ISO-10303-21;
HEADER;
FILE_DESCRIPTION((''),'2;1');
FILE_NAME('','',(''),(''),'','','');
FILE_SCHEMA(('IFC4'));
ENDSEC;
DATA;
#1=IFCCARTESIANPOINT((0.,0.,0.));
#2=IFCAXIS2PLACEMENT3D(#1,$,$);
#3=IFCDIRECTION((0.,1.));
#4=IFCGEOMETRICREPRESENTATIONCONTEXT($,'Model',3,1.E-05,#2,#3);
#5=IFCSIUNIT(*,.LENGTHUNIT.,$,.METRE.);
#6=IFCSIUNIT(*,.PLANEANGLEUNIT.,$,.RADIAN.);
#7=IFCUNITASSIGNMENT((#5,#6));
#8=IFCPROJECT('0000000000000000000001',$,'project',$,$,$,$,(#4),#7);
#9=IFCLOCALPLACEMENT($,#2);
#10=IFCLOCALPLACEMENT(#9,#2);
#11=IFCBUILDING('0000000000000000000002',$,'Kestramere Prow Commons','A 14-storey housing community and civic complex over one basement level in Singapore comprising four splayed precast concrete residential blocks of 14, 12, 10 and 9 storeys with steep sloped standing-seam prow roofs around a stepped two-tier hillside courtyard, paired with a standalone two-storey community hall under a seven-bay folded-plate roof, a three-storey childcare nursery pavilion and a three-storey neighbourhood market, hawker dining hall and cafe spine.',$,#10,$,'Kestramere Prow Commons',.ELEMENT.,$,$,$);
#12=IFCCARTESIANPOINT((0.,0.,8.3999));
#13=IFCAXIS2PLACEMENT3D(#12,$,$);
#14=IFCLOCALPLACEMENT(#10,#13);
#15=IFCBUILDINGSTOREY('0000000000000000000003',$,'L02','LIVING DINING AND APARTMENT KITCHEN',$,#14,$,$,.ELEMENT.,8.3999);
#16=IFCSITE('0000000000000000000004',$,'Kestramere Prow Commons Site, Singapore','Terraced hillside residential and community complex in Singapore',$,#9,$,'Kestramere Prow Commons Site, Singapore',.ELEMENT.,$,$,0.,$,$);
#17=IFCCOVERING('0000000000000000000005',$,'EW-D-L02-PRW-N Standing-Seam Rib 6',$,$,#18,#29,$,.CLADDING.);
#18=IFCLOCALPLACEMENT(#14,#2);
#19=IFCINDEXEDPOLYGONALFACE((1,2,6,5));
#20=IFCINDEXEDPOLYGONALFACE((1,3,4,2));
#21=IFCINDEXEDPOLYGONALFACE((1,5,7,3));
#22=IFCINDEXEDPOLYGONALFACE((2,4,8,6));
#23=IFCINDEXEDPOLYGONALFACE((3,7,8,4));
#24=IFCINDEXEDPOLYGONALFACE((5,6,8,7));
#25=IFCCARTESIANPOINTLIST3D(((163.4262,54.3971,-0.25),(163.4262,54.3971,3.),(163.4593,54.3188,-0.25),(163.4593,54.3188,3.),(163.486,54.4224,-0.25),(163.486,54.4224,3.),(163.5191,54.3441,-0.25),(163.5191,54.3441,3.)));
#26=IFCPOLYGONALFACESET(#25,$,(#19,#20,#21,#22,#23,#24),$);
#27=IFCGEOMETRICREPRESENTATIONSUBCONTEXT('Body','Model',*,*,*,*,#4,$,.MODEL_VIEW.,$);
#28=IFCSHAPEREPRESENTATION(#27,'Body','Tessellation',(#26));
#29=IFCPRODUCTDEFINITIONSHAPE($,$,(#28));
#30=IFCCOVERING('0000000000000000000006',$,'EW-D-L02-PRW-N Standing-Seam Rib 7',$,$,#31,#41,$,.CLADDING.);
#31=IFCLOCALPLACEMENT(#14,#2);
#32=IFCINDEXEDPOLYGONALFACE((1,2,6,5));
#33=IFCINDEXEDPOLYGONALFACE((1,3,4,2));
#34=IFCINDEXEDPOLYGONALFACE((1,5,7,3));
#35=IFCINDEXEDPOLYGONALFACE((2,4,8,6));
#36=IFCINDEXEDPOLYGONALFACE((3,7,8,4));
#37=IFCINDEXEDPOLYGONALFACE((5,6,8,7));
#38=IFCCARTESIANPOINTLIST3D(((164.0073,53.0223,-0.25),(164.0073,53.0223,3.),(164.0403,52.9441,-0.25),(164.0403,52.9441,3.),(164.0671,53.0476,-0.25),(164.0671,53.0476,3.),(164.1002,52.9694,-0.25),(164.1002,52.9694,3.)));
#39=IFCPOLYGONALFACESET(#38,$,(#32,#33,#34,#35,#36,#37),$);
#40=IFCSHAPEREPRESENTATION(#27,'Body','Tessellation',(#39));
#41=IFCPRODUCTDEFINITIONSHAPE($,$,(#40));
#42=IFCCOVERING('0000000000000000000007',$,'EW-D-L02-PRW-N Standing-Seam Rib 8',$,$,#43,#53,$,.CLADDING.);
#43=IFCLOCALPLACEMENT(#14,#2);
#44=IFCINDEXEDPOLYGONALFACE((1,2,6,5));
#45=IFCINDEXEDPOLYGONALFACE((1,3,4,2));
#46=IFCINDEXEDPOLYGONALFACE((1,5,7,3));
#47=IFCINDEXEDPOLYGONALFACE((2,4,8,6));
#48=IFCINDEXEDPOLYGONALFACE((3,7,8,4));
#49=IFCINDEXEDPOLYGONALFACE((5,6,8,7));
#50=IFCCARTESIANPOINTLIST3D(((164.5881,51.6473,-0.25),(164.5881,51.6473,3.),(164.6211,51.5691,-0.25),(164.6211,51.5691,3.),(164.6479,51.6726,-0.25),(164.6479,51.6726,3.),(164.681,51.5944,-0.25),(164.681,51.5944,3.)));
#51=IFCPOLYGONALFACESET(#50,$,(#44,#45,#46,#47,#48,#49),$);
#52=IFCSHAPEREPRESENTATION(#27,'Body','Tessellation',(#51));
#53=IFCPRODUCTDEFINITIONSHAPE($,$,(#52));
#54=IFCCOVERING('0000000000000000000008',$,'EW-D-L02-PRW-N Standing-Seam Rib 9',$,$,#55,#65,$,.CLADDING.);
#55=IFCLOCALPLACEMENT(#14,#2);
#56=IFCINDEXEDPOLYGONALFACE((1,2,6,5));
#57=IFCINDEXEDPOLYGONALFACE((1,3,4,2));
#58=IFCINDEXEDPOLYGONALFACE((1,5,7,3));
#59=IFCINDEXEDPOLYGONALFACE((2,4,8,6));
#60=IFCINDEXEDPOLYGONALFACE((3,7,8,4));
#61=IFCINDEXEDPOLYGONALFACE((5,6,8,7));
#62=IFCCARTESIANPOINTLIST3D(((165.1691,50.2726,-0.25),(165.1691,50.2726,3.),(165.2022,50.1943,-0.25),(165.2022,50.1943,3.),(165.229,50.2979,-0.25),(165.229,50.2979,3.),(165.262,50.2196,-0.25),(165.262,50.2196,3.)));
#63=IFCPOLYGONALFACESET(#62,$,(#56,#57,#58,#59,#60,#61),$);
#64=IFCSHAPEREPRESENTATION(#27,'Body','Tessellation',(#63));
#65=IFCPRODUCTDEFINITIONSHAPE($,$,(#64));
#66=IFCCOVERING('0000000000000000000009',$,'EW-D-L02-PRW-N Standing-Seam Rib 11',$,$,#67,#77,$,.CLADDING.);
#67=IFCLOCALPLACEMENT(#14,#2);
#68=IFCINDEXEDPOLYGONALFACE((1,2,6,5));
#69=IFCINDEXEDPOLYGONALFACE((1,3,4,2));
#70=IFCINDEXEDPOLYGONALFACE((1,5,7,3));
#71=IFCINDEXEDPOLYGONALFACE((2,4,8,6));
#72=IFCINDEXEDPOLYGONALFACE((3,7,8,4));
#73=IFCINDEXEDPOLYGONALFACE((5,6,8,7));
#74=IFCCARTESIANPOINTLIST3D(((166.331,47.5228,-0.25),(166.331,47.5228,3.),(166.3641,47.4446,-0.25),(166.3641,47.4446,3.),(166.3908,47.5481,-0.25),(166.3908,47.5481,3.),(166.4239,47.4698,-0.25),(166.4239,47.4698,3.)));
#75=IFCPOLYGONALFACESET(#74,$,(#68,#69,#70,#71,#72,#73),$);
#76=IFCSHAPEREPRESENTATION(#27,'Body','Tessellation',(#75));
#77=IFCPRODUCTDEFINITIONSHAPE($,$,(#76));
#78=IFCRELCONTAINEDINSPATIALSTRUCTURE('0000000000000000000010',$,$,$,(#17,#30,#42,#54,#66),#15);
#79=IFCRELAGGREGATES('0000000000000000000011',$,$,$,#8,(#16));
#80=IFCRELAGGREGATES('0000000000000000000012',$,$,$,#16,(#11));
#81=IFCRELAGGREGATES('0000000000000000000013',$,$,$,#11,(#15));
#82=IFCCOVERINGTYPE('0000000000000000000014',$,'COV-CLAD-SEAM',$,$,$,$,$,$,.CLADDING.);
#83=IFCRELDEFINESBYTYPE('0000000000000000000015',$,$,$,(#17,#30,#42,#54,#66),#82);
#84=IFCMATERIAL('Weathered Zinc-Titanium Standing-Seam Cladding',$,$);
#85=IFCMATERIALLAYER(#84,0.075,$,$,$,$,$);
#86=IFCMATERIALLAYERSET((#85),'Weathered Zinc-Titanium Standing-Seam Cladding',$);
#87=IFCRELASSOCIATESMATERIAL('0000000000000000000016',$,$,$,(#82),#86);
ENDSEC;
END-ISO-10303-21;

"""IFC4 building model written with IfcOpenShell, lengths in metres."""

from ifc_helpers import new_model, si_unit, direction, frame, origin, origin_2d, place, context, subcontext, project, spatial, rectangle, extrude, material, layer, layer_set, type_object, element, save


model = new_model("IFC4")

# Units and contexts
model_context = context("Model", 3, precision=1e-05, world=origin(), true_north=direction((0.0, 1.0)))
body_context = subcontext(model_context, "Body", "Model", "MODEL_VIEW")
ifc_project = project(units=[si_unit("LENGTHUNIT", "METRE"), si_unit("PLANEANGLEUNIT", "RADIAN")], contexts=[model_context])

# Site, building, storey
site_placement = place(None, origin())
site = spatial("IfcSite", under=ifc_project, at=site_placement, Name="Kestramere Prow Commons Site, Singapore", Description="Terraced hillside residential and community complex in Singapore", LongName="Kestramere Prow Commons Site, Singapore", CompositionType="ELEMENT", RefElevation=0.0)
building_placement = place(site_placement, origin())
building = spatial("IfcBuilding", under=site, at=building_placement, Name="Kestramere Prow Commons", Description="A 14-storey housing community and civic complex over one basement level in Singapore comprising four splayed precast concrete residential blocks of 14, 12, 10 and 9 storeys with steep sloped standing-seam prow roofs around a stepped two-tier hillside courtyard, paired with a standalone two-storey community hall under a seven-bay folded-plate roof, a three-storey childcare nursery pavilion and a three-storey neighbourhood market, hawker dining hall and cafe spine.", LongName="Kestramere Prow Commons", CompositionType="ELEMENT")
storey_placement = place(building_placement, frame((0.0, 0.0, 8.3999)))
storey = spatial("IfcBuildingStorey", under=building, at=storey_placement, Name="L02", Description="LIVING DINING AND APARTMENT KITCHEN", CompositionType="ELEMENT", Elevation=8.3999)

# Coverings
ifc_material_1 = material(Name="Weathered Zinc-Titanium Standing-Seam Cladding")
ifc_layer_1 = layer(ifc_material_1, 0.075)
ifc_layer_set_1 = layer_set([ifc_layer_1], Name="Weathered Zinc-Titanium Standing-Seam Cladding")
covering_type = type_object("IfcCoveringType", Name="COV-CLAD-SEAM", PredefinedType="CLADDING", material=ifc_layer_set_1)
for number, where, z_axis, x_axis, name in (
    (1, (163.4727, 54.3706, -0.25), (0.0, 0.0, 1.0), (0.38922, -0.921145, 0.0), "EW-D-L02-PRW-N Standing-Seam Rib 6"),
    (2, (164.0537, 52.9958, -0.25), (0.0, 0.0, 1.0), (0.38922, -0.921145, 0.0), "EW-D-L02-PRW-N Standing-Seam Rib 7"),
    (3, (164.6345, 51.6208, -0.25), (0.0, 0.0, 1.0), (0.38922, -0.921145, 0.0), "EW-D-L02-PRW-N Standing-Seam Rib 8"),
    (4, (165.2156, 50.2461, -0.25), (0.0, 0.0, 1.0), (0.38922, -0.921145, 0.0), "EW-D-L02-PRW-N Standing-Seam Rib 9"),
    (5, (166.3774, 47.4963, -0.25), (0.0, 0.0, 1.0), (0.38922, -0.921145, 0.0), "EW-D-L02-PRW-N Standing-Seam Rib 11"),
):
    element("IfcCovering", number, at=place(storey_placement, frame(where, z_axis=z_axis, x_axis=x_axis)), inside=storey, type_object=covering_type, Name=name, PredefinedType="CLADDING", context=body_context, shape_type="SweptSolid", body=[
        extrude(rectangle(XDim=0.085, YDim=0.0649, at=origin_2d()), origin(), (0.0, 0.0, 1.0), 3.25),
    ])

save(model, "model.ifc")
